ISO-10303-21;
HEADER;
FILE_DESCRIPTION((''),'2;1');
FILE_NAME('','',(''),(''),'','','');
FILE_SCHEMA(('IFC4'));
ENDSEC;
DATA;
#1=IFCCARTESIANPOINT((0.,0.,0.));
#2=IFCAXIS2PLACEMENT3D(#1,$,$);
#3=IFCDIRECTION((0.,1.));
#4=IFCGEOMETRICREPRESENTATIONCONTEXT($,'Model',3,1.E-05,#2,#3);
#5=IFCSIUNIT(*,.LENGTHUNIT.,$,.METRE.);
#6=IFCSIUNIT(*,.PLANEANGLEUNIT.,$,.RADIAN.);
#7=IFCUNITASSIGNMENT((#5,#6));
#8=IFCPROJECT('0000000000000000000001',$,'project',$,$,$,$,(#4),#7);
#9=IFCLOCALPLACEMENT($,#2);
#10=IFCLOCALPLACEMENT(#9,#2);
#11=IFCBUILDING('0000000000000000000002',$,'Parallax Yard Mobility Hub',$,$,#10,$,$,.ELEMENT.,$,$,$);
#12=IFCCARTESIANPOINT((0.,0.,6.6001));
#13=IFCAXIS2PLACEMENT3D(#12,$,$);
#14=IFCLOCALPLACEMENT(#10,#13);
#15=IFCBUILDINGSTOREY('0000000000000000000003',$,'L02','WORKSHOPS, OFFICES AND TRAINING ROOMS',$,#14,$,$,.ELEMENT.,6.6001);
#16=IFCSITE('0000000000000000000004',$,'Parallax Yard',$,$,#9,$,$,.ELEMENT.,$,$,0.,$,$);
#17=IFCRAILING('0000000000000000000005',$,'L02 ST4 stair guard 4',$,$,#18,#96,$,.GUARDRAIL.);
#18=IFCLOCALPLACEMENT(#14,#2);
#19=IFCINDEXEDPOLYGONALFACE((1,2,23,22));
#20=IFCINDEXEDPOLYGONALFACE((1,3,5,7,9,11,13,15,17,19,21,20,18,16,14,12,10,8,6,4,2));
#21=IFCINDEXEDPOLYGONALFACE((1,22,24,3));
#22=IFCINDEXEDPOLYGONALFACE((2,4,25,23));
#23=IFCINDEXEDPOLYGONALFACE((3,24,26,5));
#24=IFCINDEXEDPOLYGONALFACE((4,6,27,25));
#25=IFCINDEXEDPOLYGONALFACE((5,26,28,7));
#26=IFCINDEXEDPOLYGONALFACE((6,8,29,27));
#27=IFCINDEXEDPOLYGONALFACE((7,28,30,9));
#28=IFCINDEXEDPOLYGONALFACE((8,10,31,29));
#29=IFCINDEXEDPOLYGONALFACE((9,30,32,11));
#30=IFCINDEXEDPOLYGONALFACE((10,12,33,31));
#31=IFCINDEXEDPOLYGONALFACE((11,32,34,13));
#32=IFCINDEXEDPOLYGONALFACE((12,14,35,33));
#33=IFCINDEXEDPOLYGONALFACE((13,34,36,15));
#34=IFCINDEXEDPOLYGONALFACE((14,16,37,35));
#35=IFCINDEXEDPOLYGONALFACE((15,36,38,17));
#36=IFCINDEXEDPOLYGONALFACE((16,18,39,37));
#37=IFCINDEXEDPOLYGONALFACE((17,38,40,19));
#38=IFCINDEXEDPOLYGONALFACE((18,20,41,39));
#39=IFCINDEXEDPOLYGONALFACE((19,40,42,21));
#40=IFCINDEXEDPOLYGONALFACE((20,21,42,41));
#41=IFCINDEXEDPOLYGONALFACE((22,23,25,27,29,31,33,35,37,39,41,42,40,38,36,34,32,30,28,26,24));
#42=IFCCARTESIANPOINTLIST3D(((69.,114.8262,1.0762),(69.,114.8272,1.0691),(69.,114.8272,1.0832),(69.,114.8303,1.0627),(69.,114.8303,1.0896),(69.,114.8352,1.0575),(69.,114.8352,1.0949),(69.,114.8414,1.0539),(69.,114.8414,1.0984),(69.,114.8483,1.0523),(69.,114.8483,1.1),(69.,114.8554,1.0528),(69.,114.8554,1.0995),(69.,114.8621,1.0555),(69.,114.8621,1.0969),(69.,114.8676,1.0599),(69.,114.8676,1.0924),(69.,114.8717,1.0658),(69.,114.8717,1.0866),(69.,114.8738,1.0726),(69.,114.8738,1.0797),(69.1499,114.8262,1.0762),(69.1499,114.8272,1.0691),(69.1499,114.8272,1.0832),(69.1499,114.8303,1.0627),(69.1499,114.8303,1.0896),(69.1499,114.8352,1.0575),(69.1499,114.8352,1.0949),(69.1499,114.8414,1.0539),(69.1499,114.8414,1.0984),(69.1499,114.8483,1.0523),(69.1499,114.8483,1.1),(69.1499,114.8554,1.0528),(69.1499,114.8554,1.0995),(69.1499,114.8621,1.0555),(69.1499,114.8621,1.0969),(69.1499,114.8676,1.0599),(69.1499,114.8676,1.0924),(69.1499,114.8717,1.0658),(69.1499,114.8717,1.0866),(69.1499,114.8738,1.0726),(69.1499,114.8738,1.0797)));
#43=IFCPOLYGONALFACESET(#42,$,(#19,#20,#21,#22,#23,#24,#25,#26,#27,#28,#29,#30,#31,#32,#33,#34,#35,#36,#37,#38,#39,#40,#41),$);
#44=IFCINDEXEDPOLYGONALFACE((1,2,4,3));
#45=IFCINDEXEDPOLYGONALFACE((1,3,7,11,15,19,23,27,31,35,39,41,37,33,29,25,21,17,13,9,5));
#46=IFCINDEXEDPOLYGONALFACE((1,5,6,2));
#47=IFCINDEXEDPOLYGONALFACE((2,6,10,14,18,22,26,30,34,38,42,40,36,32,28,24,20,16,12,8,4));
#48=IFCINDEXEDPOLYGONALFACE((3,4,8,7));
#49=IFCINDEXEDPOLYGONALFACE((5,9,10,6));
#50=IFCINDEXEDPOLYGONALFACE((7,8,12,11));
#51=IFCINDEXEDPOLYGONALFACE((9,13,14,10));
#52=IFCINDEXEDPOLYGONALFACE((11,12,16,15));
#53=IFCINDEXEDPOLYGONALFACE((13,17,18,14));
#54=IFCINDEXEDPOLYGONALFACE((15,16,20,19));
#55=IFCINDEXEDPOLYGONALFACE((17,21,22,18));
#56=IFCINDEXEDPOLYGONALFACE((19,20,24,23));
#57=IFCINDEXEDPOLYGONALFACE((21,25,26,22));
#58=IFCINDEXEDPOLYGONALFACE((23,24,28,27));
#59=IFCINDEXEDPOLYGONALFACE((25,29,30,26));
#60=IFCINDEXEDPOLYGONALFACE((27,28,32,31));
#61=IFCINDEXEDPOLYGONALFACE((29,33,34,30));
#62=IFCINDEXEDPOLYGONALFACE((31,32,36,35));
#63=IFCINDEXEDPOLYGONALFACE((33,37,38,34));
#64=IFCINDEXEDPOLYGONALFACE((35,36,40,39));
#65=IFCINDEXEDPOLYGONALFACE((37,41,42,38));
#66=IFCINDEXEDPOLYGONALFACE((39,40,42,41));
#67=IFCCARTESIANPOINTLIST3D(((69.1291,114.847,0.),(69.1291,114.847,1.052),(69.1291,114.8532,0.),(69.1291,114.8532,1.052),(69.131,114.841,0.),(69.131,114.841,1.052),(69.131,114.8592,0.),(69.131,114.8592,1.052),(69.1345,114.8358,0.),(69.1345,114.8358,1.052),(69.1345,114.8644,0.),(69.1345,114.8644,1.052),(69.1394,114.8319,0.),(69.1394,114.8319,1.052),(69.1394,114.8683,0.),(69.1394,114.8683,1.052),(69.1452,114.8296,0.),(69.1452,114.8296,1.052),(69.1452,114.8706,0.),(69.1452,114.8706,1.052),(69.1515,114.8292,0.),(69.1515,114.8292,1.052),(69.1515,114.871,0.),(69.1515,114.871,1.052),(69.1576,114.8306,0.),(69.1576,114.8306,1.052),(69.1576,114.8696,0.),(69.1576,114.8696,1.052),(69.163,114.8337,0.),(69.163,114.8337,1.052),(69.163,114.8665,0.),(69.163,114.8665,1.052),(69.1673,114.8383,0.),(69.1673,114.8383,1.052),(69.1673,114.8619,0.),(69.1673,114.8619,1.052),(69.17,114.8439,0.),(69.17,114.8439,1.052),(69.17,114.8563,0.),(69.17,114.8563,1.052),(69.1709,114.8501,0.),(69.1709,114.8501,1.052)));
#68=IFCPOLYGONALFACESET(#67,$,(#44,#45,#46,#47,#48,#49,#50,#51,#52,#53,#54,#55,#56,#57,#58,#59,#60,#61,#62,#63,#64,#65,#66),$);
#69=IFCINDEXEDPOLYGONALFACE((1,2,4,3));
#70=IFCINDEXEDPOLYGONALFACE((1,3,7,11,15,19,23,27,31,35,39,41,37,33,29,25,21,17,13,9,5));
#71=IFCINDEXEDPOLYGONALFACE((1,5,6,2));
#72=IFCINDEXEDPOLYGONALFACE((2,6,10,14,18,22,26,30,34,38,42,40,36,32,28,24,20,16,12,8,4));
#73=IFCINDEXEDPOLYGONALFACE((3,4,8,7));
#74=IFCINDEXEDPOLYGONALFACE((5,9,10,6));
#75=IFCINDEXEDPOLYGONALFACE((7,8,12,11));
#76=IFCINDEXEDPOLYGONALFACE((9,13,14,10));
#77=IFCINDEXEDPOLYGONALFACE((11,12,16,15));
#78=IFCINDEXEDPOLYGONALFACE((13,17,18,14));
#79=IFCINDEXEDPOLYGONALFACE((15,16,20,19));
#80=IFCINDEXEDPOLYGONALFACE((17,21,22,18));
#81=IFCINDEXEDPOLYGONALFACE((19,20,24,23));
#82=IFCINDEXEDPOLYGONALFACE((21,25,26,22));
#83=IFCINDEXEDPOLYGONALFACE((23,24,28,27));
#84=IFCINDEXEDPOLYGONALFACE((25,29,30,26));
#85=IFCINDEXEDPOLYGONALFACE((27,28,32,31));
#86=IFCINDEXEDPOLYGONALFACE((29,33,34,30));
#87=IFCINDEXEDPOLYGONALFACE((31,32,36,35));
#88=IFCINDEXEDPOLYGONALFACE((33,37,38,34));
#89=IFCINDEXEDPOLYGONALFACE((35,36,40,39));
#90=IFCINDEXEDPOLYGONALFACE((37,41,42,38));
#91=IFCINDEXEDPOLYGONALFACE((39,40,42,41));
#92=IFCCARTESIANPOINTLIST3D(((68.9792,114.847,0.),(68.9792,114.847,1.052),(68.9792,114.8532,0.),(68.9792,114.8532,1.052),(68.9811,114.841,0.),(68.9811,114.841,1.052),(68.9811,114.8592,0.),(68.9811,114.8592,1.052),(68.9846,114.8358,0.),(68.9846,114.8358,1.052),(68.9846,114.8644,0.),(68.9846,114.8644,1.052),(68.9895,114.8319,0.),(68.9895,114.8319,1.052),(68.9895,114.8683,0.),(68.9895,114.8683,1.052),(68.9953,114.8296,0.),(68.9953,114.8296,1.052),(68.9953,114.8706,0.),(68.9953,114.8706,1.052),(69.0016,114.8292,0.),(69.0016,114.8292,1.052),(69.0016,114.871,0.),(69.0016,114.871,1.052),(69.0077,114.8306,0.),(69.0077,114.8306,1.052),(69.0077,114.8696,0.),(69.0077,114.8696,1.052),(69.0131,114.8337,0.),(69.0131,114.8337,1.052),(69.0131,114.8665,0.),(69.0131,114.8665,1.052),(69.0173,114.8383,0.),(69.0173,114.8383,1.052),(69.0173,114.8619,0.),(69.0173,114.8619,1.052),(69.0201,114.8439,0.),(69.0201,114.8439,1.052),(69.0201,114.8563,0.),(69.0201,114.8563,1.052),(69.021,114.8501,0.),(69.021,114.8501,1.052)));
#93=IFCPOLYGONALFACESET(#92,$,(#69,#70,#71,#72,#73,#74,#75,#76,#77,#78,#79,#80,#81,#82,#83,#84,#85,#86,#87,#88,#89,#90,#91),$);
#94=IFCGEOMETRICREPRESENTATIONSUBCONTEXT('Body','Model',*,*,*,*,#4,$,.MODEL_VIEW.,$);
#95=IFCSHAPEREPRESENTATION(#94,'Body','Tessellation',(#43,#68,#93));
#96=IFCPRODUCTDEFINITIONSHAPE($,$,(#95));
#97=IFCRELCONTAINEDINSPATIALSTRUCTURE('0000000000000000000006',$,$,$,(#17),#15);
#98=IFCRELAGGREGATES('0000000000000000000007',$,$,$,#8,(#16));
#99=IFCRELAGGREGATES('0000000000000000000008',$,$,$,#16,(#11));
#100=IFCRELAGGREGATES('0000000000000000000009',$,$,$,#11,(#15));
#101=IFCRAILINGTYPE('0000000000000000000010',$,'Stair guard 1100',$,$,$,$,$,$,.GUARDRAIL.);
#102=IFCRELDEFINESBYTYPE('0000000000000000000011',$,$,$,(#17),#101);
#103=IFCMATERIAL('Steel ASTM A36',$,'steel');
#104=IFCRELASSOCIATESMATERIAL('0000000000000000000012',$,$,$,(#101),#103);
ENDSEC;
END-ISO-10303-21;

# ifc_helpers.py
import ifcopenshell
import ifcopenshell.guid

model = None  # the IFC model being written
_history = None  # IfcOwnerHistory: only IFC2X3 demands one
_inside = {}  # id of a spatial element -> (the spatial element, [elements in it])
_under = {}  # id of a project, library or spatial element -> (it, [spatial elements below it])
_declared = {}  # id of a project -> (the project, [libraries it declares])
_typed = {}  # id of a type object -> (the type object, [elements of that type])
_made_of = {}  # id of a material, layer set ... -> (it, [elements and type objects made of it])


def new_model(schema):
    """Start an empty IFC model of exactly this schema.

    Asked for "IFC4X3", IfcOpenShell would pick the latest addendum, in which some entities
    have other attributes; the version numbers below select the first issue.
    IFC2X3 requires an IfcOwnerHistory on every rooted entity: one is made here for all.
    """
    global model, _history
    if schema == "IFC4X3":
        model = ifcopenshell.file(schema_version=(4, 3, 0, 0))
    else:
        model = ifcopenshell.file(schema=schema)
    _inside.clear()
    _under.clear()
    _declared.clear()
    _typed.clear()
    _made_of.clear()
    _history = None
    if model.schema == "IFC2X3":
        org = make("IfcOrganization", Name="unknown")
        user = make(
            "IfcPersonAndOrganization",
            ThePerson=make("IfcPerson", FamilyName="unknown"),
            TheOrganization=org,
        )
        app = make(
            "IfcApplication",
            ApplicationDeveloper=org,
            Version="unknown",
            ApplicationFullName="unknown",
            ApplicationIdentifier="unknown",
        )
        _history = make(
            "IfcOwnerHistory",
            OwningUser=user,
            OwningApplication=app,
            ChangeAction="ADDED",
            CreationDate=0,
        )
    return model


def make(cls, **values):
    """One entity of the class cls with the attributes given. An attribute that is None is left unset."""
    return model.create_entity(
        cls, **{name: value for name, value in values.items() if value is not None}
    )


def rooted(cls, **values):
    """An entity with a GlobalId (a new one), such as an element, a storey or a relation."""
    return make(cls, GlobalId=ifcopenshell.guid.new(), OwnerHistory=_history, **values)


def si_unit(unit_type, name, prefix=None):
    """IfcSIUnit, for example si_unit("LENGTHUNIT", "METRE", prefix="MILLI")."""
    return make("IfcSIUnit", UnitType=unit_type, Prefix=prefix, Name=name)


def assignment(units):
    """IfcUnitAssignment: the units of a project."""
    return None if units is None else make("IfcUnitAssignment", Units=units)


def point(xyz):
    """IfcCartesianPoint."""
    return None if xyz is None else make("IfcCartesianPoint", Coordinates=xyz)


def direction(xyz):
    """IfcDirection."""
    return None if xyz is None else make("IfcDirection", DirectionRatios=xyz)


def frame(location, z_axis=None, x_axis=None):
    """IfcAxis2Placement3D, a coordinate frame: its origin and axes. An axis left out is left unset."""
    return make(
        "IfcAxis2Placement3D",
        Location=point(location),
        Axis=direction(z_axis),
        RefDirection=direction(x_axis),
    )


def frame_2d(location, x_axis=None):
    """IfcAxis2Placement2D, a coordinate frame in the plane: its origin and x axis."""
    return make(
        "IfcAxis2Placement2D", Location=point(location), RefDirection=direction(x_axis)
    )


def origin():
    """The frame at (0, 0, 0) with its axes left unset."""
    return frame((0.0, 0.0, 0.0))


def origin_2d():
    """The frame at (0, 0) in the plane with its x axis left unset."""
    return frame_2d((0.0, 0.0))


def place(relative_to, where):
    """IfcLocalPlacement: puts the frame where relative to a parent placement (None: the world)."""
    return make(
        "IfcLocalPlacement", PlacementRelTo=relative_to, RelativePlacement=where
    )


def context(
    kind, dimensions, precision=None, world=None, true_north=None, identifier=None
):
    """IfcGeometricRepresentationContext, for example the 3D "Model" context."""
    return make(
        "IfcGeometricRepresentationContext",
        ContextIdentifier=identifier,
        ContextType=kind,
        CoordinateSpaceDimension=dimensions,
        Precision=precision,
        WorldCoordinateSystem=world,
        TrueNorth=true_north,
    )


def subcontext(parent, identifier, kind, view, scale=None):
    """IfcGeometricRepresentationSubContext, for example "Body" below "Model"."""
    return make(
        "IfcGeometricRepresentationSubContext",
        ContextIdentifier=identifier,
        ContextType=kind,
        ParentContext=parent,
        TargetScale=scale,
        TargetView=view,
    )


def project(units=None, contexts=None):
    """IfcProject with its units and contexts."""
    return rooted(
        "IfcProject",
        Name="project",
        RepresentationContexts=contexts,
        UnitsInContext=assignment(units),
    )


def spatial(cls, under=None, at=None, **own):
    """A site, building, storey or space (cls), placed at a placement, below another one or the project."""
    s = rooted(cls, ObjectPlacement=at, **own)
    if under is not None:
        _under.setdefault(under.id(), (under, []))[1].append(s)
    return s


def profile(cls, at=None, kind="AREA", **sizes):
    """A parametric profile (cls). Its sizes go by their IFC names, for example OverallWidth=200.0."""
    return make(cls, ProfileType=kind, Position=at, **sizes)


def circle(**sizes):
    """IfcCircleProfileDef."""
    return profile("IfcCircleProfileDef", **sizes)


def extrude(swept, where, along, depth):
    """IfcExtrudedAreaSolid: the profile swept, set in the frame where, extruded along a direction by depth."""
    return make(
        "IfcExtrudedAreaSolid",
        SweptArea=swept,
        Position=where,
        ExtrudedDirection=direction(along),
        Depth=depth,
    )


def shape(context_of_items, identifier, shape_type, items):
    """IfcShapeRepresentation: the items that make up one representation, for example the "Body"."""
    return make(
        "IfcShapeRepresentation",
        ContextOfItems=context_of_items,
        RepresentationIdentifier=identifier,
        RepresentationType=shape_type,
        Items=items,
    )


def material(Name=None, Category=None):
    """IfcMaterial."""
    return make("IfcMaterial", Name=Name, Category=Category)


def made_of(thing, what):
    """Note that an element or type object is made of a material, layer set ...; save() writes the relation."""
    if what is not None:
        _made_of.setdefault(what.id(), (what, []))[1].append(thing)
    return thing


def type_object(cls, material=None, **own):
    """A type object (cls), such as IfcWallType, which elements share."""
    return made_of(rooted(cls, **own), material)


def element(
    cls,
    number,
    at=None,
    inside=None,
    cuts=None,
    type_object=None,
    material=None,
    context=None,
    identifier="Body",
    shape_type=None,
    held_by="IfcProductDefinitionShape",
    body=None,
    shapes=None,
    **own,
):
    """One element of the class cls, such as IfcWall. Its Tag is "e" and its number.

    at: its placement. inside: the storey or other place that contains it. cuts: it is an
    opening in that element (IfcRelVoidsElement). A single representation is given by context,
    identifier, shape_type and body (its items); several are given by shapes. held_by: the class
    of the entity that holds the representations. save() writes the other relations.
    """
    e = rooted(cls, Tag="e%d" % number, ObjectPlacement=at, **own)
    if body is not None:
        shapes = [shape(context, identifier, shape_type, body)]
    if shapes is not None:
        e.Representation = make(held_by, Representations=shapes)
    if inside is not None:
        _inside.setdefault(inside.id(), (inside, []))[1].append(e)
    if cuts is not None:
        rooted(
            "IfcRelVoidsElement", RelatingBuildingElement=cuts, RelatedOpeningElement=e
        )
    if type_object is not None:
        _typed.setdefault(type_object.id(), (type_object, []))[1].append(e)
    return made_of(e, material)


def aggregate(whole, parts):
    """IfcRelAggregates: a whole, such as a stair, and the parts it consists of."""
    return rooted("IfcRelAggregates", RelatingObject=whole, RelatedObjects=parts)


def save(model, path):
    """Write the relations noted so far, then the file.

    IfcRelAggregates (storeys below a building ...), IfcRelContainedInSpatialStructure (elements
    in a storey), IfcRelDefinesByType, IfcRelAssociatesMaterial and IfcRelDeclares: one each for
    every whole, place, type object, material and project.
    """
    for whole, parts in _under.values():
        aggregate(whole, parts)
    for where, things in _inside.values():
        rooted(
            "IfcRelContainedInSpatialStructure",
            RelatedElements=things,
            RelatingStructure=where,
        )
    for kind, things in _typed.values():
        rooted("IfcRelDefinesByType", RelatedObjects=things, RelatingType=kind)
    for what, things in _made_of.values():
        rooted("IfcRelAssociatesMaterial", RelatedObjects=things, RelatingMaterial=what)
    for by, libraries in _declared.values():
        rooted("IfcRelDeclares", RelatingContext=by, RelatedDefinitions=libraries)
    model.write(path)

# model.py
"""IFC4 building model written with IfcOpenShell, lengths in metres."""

from ifc_helpers import new_model, si_unit, direction, frame, origin, origin_2d, place, context, subcontext, project, spatial, circle, extrude, material, type_object, element, save


model = new_model("IFC4")

# Units and contexts
model_context = context("Model", 3, precision=1e-05, world=origin(), true_north=direction((0.0, 1.0)))
body_context = subcontext(model_context, "Body", "Model", "MODEL_VIEW")
ifc_project = project(units=[si_unit("LENGTHUNIT", "METRE"), si_unit("PLANEANGLEUNIT", "RADIAN")], contexts=[model_context])

# Site, building, storey
site_placement = place(None, origin())
site = spatial("IfcSite", under=ifc_project, at=site_placement, Name="Parallax Yard", CompositionType="ELEMENT", RefElevation=0.0)
building_placement = place(site_placement, origin())
building = spatial("IfcBuilding", under=site, at=building_placement, Name="Parallax Yard Mobility Hub", CompositionType="ELEMENT")
storey_placement = place(building_placement, frame((0.0, 0.0, 6.6001)))
storey = spatial("IfcBuildingStorey", under=building, at=storey_placement, Name="L02", Description="WORKSHOPS, OFFICES AND TRAINING ROOMS", CompositionType="ELEMENT", Elevation=6.6001)

# Railing
ifc_material_1 = material(Name="Steel ASTM A36", Category="steel")
railing_type_1 = type_object("IfcRailingType", Name="Stair guard 1100", PredefinedType="GUARDRAIL", material=ifc_material_1)
railing_1_placement = place(storey_placement, frame((69.1499, 114.8501, 0.0)))
element("IfcRailing", 1, at=railing_1_placement, inside=storey, type_object=railing_type_1, Name="L02 ST4 stair guard 4", PredefinedType="GUARDRAIL", context=body_context, shape_type="SweptSolid", body=[
    extrude(circle(Radius=0.0239, at=origin_2d()), frame((0.0, 0.0, 1.0762), z_axis=(-1.0, 0.0, 0.0), x_axis=(0.0, -1.0, 0.0)), (0.0, 0.0, 1.0), 0.1499),
    extrude(circle(Radius=0.021, at=origin_2d()), origin(), (0.0, 0.0, 1.0), 1.052),
    extrude(circle(Radius=0.021, at=origin_2d()), frame((-0.1499, 0.0, 0.0)), (0.0, 0.0, 1.0), 1.052),
])

save(model, "model.ifc")
